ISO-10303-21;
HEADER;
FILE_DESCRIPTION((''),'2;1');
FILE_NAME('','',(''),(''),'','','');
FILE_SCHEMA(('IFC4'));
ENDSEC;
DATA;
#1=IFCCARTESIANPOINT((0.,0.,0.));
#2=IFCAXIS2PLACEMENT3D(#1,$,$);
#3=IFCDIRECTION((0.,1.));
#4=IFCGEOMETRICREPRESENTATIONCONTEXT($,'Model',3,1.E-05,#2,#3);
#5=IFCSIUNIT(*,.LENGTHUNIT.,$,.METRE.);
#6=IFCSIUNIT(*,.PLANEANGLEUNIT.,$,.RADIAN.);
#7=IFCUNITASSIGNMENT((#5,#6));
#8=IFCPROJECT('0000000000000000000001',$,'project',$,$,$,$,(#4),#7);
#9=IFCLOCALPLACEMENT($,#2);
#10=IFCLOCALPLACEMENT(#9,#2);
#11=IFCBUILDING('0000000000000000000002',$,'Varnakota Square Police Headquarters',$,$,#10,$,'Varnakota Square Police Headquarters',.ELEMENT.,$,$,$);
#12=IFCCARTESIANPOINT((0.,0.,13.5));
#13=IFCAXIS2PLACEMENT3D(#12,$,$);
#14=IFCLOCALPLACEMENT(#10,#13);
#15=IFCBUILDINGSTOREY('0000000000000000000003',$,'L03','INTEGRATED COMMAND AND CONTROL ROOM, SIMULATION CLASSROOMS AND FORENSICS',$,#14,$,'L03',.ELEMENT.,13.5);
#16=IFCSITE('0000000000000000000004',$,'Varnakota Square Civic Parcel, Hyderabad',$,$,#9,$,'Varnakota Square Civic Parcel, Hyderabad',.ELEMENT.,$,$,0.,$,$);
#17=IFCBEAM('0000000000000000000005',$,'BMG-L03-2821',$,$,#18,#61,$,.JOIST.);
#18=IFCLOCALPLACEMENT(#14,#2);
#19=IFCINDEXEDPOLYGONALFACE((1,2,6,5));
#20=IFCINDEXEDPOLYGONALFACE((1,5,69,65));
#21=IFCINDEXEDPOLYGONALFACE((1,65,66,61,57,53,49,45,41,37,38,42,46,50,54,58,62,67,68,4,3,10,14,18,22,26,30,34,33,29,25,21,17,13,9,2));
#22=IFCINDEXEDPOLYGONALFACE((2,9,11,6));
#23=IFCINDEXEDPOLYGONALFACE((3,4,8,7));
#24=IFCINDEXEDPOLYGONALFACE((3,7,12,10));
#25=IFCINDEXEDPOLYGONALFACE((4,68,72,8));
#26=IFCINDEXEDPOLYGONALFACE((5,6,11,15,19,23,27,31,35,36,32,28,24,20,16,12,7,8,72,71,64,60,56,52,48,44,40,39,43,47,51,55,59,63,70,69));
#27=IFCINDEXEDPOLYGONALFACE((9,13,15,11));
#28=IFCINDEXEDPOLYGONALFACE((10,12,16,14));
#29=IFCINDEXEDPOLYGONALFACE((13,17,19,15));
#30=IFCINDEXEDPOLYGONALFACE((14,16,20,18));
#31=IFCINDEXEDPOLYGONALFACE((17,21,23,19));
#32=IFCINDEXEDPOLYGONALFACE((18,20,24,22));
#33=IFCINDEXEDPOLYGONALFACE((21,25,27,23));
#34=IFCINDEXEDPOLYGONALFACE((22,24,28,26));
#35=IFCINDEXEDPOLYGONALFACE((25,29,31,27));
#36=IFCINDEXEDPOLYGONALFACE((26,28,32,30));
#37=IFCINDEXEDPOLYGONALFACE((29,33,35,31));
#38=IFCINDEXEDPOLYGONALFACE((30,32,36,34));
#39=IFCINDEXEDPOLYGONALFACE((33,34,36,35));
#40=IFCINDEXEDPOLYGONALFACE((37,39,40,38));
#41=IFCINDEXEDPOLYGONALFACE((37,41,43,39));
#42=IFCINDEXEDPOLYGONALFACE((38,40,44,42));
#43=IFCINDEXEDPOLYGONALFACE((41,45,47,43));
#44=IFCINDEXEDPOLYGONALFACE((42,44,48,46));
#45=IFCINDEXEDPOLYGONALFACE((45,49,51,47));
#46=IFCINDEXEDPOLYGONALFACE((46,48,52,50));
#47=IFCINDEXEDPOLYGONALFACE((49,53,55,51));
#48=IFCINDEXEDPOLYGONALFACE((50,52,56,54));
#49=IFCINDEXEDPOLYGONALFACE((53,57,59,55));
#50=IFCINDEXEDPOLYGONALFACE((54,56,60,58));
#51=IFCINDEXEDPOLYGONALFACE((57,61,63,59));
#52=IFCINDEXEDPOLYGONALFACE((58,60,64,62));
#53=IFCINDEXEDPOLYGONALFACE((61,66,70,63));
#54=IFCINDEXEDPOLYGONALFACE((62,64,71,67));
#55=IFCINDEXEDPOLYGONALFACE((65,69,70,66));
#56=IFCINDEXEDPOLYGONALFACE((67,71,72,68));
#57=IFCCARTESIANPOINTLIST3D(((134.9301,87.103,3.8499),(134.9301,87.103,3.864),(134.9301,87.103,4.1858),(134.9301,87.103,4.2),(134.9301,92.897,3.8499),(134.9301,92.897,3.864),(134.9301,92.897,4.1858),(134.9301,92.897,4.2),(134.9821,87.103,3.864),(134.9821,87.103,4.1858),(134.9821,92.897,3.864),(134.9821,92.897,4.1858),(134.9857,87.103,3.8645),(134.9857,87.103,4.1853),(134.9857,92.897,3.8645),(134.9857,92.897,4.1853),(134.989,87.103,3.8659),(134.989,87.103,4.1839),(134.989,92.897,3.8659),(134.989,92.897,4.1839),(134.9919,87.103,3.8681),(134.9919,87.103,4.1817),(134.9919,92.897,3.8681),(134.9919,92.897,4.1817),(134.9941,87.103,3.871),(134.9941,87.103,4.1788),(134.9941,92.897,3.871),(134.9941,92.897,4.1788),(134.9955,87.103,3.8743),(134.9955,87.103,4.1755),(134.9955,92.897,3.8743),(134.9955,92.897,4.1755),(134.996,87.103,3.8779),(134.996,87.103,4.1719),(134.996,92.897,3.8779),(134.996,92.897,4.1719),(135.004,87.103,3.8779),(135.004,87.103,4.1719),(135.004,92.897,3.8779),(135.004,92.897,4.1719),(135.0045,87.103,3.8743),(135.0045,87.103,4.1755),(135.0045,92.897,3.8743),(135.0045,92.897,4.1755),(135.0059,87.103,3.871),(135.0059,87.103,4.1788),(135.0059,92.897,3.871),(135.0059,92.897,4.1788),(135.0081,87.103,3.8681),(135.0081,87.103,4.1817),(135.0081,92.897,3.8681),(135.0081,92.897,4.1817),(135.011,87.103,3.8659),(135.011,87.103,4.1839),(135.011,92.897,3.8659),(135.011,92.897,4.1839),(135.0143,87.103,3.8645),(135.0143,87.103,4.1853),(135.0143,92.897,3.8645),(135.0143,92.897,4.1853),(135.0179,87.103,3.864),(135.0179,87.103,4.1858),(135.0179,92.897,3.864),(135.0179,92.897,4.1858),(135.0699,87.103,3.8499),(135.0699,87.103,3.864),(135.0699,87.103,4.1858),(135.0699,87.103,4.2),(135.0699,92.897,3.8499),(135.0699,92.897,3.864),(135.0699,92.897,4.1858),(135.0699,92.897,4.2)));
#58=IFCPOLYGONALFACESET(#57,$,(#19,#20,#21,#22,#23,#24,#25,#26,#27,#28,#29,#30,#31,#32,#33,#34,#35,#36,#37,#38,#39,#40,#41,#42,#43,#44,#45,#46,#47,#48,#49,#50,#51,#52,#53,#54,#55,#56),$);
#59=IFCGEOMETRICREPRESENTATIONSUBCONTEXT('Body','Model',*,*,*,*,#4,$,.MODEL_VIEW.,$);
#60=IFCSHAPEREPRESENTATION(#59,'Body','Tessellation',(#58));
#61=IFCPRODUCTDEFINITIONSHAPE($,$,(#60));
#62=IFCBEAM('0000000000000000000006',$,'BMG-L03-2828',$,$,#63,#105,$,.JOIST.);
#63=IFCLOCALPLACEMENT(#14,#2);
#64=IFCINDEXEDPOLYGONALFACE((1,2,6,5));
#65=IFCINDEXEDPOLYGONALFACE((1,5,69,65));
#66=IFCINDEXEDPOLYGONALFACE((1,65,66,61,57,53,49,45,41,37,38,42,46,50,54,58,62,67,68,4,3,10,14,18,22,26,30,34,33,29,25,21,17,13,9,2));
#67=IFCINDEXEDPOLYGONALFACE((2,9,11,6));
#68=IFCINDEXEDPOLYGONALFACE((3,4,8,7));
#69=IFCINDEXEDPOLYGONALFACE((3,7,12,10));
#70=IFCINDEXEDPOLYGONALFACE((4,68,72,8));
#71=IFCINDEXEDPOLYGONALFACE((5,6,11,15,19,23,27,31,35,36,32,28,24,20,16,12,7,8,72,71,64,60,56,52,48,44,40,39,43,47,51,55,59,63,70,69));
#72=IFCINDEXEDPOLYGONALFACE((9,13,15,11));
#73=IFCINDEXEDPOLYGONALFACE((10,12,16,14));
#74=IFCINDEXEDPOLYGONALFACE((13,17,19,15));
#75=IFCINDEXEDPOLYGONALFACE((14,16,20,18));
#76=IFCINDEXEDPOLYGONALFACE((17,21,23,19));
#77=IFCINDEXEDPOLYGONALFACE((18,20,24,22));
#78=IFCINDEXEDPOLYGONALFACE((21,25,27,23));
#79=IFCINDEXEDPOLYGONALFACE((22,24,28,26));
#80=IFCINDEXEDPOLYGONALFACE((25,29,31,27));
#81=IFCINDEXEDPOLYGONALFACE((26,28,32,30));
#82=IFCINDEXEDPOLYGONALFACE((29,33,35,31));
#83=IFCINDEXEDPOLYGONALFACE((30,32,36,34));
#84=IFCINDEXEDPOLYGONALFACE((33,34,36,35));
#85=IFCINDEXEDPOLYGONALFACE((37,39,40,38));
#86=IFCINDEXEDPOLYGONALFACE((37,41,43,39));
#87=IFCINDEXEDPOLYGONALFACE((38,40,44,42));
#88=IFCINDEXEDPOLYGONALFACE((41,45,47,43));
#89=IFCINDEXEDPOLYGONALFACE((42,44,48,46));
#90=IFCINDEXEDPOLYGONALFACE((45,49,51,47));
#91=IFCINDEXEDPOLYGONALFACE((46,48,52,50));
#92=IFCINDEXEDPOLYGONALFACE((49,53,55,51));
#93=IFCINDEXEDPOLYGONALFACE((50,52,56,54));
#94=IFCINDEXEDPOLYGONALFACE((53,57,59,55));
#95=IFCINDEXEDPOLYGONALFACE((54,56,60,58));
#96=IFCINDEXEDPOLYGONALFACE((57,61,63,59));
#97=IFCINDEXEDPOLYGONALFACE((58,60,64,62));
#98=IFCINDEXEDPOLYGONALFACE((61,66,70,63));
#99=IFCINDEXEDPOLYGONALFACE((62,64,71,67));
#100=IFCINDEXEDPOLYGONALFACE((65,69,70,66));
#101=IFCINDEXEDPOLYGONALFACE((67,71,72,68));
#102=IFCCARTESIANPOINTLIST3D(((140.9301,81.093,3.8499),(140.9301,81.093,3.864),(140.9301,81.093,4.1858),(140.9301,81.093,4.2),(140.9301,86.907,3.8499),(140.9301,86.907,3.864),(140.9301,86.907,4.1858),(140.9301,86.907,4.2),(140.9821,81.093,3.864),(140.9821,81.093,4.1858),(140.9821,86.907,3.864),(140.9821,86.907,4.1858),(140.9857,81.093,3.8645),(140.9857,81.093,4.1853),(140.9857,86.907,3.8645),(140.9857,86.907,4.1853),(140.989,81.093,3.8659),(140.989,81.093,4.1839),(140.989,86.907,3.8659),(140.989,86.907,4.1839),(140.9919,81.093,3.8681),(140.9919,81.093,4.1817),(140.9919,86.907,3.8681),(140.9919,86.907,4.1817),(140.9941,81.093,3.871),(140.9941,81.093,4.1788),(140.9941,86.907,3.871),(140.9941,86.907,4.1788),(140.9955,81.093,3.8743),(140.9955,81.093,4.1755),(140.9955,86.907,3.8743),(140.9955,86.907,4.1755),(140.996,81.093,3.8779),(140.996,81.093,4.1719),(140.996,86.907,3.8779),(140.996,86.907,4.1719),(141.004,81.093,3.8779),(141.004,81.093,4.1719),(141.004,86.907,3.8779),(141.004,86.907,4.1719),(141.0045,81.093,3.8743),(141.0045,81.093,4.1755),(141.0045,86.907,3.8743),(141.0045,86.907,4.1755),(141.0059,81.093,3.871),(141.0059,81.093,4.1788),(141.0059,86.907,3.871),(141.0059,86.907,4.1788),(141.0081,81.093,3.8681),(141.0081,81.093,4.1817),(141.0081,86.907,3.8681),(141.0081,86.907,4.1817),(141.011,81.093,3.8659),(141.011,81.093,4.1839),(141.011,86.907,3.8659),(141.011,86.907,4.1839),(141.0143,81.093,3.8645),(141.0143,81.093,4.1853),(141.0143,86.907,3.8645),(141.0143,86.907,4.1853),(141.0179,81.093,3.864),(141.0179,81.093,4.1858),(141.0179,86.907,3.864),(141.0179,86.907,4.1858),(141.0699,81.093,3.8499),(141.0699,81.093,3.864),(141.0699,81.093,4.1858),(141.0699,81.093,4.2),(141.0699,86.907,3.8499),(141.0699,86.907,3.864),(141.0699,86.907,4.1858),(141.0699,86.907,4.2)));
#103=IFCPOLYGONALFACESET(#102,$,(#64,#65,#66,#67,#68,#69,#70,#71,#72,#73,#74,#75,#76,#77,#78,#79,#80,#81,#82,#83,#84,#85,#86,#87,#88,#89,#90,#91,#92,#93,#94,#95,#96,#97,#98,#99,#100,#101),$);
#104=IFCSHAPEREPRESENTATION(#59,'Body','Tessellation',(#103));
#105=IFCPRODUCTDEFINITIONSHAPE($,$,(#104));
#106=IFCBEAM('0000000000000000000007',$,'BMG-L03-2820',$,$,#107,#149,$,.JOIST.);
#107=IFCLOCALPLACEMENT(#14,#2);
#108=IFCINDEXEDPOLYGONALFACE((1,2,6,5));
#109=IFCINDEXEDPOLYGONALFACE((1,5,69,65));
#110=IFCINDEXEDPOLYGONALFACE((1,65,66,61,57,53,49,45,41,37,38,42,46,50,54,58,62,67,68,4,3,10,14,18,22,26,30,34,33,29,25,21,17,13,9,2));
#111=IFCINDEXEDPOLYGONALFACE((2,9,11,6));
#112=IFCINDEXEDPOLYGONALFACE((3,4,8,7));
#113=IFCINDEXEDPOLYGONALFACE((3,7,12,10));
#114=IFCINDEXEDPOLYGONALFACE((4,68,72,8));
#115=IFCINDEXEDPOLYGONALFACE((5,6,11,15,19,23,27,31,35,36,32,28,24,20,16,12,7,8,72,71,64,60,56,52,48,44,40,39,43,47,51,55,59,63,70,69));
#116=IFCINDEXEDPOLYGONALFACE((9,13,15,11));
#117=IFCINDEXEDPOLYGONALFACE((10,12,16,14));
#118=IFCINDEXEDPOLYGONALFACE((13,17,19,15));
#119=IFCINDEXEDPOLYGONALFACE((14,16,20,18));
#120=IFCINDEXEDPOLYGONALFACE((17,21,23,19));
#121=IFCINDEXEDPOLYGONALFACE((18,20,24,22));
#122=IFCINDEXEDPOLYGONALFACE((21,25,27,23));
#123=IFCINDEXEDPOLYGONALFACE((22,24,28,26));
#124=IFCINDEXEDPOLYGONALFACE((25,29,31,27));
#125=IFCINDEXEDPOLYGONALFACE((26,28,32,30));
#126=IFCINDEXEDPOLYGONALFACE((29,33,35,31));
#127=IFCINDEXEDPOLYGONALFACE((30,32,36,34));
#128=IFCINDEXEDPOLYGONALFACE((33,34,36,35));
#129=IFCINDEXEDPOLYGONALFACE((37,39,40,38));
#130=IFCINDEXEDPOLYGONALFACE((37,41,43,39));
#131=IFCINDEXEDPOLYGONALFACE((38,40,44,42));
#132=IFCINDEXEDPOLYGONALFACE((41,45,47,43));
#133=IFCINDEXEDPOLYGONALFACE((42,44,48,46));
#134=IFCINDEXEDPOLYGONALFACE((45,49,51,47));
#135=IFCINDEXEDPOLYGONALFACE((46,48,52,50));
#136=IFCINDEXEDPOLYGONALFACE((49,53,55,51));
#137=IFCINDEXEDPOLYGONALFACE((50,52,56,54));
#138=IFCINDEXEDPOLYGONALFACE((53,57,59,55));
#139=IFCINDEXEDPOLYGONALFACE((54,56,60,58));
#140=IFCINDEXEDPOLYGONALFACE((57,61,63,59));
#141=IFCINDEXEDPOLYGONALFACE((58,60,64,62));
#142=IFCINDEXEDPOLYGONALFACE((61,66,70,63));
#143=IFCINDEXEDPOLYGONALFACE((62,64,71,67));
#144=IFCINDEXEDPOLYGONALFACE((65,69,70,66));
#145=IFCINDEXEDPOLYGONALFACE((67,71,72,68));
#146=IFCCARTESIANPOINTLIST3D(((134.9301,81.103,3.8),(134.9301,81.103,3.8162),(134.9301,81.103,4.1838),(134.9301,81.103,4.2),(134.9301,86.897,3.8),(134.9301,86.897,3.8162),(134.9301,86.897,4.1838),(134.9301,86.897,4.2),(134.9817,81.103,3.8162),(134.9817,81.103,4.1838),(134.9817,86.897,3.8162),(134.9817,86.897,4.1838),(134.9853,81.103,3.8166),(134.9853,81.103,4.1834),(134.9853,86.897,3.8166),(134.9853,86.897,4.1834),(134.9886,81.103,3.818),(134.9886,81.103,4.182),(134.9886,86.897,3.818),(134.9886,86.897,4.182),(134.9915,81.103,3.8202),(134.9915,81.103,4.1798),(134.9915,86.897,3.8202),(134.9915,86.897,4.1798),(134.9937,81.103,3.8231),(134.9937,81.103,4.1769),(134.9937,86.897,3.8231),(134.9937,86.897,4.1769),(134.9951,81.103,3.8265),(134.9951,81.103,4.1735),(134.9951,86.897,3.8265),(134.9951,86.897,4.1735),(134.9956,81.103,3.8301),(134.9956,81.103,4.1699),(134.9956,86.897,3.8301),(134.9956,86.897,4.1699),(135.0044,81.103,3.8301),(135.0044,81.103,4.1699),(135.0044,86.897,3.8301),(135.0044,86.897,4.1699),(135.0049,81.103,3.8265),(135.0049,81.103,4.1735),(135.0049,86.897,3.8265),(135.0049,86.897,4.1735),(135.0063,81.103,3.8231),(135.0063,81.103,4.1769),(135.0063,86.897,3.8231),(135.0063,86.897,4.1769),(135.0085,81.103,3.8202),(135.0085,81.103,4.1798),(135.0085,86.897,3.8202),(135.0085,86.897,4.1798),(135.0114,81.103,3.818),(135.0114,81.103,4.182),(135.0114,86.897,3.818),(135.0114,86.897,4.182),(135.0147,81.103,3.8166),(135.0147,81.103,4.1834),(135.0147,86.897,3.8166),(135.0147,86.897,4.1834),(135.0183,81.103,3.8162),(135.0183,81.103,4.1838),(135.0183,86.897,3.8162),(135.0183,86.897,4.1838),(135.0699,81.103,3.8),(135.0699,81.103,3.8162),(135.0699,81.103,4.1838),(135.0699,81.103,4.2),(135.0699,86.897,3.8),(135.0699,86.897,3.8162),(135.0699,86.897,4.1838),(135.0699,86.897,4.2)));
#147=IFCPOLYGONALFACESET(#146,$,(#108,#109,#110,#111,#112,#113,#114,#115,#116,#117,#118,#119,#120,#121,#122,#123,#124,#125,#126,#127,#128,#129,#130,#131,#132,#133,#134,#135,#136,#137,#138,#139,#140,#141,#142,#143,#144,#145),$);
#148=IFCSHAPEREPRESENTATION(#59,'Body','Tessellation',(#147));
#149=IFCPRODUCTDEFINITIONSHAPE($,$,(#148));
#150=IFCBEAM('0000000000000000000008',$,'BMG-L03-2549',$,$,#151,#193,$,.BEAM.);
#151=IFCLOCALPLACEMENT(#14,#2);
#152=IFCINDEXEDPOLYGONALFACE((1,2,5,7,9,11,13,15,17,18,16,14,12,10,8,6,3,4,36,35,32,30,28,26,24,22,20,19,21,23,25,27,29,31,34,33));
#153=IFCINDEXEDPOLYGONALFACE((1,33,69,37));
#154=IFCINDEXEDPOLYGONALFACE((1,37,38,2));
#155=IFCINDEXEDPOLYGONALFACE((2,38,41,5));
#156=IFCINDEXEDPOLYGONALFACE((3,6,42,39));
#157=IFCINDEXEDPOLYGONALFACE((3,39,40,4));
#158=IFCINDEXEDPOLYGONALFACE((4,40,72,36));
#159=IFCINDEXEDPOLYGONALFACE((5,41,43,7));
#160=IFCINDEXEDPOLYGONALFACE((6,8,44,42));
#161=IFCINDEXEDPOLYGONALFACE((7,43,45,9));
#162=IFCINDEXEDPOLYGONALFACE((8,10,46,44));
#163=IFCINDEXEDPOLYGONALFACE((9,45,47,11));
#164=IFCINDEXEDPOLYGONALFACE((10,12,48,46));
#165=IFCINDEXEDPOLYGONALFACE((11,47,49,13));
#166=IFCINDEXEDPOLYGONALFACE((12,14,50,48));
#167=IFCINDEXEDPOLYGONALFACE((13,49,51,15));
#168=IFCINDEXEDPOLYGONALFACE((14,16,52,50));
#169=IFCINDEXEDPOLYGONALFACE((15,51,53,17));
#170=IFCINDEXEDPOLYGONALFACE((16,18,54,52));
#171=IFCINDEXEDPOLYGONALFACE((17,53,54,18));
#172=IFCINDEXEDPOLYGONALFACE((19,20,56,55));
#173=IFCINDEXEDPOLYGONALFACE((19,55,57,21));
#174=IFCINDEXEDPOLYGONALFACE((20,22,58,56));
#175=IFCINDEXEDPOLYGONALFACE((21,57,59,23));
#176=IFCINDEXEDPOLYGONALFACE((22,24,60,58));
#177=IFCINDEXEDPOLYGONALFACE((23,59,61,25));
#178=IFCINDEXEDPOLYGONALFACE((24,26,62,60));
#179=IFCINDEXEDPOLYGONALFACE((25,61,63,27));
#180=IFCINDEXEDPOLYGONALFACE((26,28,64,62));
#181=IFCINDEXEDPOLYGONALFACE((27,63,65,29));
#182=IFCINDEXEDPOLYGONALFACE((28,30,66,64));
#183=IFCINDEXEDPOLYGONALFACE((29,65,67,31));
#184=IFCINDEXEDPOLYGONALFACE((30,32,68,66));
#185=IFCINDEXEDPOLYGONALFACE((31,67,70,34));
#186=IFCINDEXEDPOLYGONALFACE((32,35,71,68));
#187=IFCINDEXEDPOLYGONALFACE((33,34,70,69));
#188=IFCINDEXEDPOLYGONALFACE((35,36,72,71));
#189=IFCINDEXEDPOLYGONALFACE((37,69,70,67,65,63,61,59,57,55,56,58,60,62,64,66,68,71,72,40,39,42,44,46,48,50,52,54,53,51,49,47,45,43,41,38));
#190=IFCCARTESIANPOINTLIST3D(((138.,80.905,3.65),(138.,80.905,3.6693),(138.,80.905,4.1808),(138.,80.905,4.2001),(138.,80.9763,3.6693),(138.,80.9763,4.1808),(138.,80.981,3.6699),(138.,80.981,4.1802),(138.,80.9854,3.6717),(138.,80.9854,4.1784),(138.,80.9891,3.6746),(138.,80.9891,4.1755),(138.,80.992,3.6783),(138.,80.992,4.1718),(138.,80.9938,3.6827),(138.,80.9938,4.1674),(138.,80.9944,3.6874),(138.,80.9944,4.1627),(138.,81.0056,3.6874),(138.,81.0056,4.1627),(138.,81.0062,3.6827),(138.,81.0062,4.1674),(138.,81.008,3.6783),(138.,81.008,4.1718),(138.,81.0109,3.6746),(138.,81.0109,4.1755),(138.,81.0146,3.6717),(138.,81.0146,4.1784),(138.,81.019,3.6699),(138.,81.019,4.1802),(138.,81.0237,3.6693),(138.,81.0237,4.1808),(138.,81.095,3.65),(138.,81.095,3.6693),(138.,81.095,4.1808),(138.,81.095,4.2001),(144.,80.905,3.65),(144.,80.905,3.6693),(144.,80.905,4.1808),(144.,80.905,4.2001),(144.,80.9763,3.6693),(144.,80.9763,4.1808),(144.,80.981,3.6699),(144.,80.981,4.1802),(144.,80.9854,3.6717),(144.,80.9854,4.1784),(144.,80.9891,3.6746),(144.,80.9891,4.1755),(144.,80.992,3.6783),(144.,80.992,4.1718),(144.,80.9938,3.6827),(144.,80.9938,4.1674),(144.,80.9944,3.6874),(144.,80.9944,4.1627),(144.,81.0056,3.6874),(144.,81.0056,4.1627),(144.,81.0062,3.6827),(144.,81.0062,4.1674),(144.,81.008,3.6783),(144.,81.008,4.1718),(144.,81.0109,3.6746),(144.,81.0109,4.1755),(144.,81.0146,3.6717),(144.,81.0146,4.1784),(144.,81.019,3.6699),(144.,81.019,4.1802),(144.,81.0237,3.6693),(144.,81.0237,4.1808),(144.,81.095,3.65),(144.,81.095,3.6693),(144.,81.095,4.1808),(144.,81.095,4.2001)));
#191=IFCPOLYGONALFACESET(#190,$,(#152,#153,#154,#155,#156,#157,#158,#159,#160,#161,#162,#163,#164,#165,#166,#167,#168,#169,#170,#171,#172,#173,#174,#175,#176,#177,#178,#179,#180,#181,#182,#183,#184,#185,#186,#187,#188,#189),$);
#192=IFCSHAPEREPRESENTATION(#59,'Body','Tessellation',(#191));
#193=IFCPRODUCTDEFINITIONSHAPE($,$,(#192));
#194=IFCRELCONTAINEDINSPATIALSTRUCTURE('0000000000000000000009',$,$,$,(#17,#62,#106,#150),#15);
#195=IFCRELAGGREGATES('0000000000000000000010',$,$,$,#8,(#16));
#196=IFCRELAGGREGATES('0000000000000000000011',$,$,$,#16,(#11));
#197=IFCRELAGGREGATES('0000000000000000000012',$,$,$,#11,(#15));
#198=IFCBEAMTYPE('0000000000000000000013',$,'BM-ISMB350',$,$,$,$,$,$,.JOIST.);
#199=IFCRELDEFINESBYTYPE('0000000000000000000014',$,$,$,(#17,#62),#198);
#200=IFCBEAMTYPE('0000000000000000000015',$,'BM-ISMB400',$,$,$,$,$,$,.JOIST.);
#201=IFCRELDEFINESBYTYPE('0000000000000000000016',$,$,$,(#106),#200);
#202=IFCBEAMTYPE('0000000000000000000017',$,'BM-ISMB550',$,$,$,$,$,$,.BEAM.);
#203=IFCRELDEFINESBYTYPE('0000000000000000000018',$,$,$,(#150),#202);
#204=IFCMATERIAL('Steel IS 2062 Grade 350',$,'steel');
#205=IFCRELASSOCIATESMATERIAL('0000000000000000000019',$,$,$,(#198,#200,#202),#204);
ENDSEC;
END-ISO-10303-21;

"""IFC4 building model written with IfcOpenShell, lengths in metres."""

from ifc_helpers import new_model, si_unit, direction, frame, origin, origin_2d, place, context, subcontext, project, spatial, i_section, extrude, material, material_profile, profile_set, type_object, element, save


model = new_model("IFC4")

# Units and contexts
model_context = context("Model", 3, precision=1e-05, world=origin(), true_north=direction((0.0, 1.0)))
body_context = subcontext(model_context, "Body", "Model", "MODEL_VIEW")
ifc_project = project(units=[si_unit("LENGTHUNIT", "METRE"), si_unit("PLANEANGLEUNIT", "RADIAN")], contexts=[model_context])

# Site, building, storey
site_placement = place(None, origin())
site = spatial("IfcSite", under=ifc_project, at=site_placement, Name="Varnakota Square Civic Parcel, Hyderabad", LongName="Varnakota Square Civic Parcel, Hyderabad", CompositionType="ELEMENT", RefElevation=0.0)
building_placement = place(site_placement, origin())
building = spatial("IfcBuilding", under=site, at=building_placement, Name="Varnakota Square Police Headquarters", LongName="Varnakota Square Police Headquarters", CompositionType="ELEMENT")
storey_placement = place(building_placement, frame((0.0, 0.0, 13.5)))
storey = spatial("IfcBuildingStorey", under=building, at=storey_placement, Name="L03", Description="INTEGRATED COMMAND AND CONTROL ROOM, SIMULATION CLASSROOMS AND FORENSICS", LongName="L03", CompositionType="ELEMENT", Elevation=13.5)

# Shared definitions
ifc_material_1 = material(Name="Steel IS 2062 Grade 350", Category="steel")

# Beams
ifc_material_profile_1 = material_profile(ifc_material_1, i_section(OverallWidth=0.1399, OverallDepth=0.3501, WebThickness=0.0081, FlangeThickness=0.0142, FilletRadius=0.0139, at=origin_2d()), Name="ISMB 350")
ifc_profile_set_1 = profile_set([ifc_material_profile_1], Name="Steel IS 2062 Grade 350")
beam_type_1 = type_object("IfcBeamType", Name="BM-ISMB350", PredefinedType="JOIST", material=ifc_profile_set_1)
beam_1_placement = place(storey_placement, frame((135.0, 87.103, 4.0249), z_axis=(0.0, 1.0, 0.0), x_axis=(-1.0, 0.0, 0.0)))
element("IfcBeam", 1, at=beam_1_placement, inside=storey, type_object=beam_type_1, Name="BMG-L03-2821", PredefinedType="JOIST", context=body_context, shape_type="SweptSolid", body=[
    extrude(i_section(OverallWidth=0.1399, OverallDepth=0.3501, WebThickness=0.0081, FlangeThickness=0.0142, FilletRadius=0.0139, at=origin_2d()), origin(), (0.0, 0.0, 1.0), 5.7939),
])
beam_2_placement = place(storey_placement, frame((141.0, 81.093, 4.0249), z_axis=(0.0, 1.0, 0.0), x_axis=(-1.0, 0.0, 0.0)))
element("IfcBeam", 2, at=beam_2_placement, inside=storey, type_object=beam_type_1, Name="BMG-L03-2828", PredefinedType="JOIST", context=body_context, shape_type="SweptSolid", body=[
    extrude(i_section(OverallWidth=0.1399, OverallDepth=0.3501, WebThickness=0.0081, FlangeThickness=0.0142, FilletRadius=0.0139, at=origin_2d()), origin(), (0.0, 0.0, 1.0), 5.814),
])
ifc_material_profile_2 = material_profile(ifc_material_1, i_section(OverallWidth=0.1399, OverallDepth=0.3999, WebThickness=0.0088, FlangeThickness=0.0161, FilletRadius=0.0139, at=origin_2d()), Name="ISMB 400")
ifc_profile_set_2 = profile_set([ifc_material_profile_2], Name="Steel IS 2062 Grade 350")
beam_type_2 = type_object("IfcBeamType", Name="BM-ISMB400", PredefinedType="JOIST", material=ifc_profile_set_2)
beam_3_placement = place(storey_placement, frame((135.0, 81.103, 4.0), z_axis=(0.0, 1.0, 0.0), x_axis=(-1.0, 0.0, 0.0)))
element("IfcBeam", 3, at=beam_3_placement, inside=storey, type_object=beam_type_2, Name="BMG-L03-2820", PredefinedType="JOIST", context=body_context, shape_type="SweptSolid", body=[
    extrude(i_section(OverallWidth=0.1399, OverallDepth=0.3999, WebThickness=0.0088, FlangeThickness=0.0161, FilletRadius=0.0139, at=origin_2d()), origin(), (0.0, 0.0, 1.0), 5.7939),
])
ifc_material_profile_3 = material_profile(ifc_material_1, i_section(OverallWidth=0.1899, OverallDepth=0.55, WebThickness=0.0112, FlangeThickness=0.0193, FilletRadius=0.0181, at=origin_2d()), Name="ISMB 550")
ifc_profile_set_3 = profile_set([ifc_material_profile_3], Name="Steel IS 2062 Grade 350")
beam_type_3 = type_object("IfcBeamType", Name="BM-ISMB550", PredefinedType="BEAM", material=ifc_profile_set_3)
for number, where, z_axis, x_axis, name in (
    (4, (138.0, 81.0, 3.925), (1.0, 0.0, 0.0), (0.0, 1.0, 0.0), "BMG-L03-2549"),
):
    element("IfcBeam", number, at=place(storey_placement, frame(where, z_axis=z_axis, x_axis=x_axis)), inside=storey, type_object=beam_type_3, Name=name, PredefinedType="BEAM", context=body_context, shape_type="SweptSolid", body=[
        extrude(i_section(OverallWidth=0.1899, OverallDepth=0.55, WebThickness=0.0112, FlangeThickness=0.0193, FilletRadius=0.0181, at=origin_2d()), origin(), (0.0, 0.0, 1.0), 6.0),
    ])

save(model, "model.ifc")
